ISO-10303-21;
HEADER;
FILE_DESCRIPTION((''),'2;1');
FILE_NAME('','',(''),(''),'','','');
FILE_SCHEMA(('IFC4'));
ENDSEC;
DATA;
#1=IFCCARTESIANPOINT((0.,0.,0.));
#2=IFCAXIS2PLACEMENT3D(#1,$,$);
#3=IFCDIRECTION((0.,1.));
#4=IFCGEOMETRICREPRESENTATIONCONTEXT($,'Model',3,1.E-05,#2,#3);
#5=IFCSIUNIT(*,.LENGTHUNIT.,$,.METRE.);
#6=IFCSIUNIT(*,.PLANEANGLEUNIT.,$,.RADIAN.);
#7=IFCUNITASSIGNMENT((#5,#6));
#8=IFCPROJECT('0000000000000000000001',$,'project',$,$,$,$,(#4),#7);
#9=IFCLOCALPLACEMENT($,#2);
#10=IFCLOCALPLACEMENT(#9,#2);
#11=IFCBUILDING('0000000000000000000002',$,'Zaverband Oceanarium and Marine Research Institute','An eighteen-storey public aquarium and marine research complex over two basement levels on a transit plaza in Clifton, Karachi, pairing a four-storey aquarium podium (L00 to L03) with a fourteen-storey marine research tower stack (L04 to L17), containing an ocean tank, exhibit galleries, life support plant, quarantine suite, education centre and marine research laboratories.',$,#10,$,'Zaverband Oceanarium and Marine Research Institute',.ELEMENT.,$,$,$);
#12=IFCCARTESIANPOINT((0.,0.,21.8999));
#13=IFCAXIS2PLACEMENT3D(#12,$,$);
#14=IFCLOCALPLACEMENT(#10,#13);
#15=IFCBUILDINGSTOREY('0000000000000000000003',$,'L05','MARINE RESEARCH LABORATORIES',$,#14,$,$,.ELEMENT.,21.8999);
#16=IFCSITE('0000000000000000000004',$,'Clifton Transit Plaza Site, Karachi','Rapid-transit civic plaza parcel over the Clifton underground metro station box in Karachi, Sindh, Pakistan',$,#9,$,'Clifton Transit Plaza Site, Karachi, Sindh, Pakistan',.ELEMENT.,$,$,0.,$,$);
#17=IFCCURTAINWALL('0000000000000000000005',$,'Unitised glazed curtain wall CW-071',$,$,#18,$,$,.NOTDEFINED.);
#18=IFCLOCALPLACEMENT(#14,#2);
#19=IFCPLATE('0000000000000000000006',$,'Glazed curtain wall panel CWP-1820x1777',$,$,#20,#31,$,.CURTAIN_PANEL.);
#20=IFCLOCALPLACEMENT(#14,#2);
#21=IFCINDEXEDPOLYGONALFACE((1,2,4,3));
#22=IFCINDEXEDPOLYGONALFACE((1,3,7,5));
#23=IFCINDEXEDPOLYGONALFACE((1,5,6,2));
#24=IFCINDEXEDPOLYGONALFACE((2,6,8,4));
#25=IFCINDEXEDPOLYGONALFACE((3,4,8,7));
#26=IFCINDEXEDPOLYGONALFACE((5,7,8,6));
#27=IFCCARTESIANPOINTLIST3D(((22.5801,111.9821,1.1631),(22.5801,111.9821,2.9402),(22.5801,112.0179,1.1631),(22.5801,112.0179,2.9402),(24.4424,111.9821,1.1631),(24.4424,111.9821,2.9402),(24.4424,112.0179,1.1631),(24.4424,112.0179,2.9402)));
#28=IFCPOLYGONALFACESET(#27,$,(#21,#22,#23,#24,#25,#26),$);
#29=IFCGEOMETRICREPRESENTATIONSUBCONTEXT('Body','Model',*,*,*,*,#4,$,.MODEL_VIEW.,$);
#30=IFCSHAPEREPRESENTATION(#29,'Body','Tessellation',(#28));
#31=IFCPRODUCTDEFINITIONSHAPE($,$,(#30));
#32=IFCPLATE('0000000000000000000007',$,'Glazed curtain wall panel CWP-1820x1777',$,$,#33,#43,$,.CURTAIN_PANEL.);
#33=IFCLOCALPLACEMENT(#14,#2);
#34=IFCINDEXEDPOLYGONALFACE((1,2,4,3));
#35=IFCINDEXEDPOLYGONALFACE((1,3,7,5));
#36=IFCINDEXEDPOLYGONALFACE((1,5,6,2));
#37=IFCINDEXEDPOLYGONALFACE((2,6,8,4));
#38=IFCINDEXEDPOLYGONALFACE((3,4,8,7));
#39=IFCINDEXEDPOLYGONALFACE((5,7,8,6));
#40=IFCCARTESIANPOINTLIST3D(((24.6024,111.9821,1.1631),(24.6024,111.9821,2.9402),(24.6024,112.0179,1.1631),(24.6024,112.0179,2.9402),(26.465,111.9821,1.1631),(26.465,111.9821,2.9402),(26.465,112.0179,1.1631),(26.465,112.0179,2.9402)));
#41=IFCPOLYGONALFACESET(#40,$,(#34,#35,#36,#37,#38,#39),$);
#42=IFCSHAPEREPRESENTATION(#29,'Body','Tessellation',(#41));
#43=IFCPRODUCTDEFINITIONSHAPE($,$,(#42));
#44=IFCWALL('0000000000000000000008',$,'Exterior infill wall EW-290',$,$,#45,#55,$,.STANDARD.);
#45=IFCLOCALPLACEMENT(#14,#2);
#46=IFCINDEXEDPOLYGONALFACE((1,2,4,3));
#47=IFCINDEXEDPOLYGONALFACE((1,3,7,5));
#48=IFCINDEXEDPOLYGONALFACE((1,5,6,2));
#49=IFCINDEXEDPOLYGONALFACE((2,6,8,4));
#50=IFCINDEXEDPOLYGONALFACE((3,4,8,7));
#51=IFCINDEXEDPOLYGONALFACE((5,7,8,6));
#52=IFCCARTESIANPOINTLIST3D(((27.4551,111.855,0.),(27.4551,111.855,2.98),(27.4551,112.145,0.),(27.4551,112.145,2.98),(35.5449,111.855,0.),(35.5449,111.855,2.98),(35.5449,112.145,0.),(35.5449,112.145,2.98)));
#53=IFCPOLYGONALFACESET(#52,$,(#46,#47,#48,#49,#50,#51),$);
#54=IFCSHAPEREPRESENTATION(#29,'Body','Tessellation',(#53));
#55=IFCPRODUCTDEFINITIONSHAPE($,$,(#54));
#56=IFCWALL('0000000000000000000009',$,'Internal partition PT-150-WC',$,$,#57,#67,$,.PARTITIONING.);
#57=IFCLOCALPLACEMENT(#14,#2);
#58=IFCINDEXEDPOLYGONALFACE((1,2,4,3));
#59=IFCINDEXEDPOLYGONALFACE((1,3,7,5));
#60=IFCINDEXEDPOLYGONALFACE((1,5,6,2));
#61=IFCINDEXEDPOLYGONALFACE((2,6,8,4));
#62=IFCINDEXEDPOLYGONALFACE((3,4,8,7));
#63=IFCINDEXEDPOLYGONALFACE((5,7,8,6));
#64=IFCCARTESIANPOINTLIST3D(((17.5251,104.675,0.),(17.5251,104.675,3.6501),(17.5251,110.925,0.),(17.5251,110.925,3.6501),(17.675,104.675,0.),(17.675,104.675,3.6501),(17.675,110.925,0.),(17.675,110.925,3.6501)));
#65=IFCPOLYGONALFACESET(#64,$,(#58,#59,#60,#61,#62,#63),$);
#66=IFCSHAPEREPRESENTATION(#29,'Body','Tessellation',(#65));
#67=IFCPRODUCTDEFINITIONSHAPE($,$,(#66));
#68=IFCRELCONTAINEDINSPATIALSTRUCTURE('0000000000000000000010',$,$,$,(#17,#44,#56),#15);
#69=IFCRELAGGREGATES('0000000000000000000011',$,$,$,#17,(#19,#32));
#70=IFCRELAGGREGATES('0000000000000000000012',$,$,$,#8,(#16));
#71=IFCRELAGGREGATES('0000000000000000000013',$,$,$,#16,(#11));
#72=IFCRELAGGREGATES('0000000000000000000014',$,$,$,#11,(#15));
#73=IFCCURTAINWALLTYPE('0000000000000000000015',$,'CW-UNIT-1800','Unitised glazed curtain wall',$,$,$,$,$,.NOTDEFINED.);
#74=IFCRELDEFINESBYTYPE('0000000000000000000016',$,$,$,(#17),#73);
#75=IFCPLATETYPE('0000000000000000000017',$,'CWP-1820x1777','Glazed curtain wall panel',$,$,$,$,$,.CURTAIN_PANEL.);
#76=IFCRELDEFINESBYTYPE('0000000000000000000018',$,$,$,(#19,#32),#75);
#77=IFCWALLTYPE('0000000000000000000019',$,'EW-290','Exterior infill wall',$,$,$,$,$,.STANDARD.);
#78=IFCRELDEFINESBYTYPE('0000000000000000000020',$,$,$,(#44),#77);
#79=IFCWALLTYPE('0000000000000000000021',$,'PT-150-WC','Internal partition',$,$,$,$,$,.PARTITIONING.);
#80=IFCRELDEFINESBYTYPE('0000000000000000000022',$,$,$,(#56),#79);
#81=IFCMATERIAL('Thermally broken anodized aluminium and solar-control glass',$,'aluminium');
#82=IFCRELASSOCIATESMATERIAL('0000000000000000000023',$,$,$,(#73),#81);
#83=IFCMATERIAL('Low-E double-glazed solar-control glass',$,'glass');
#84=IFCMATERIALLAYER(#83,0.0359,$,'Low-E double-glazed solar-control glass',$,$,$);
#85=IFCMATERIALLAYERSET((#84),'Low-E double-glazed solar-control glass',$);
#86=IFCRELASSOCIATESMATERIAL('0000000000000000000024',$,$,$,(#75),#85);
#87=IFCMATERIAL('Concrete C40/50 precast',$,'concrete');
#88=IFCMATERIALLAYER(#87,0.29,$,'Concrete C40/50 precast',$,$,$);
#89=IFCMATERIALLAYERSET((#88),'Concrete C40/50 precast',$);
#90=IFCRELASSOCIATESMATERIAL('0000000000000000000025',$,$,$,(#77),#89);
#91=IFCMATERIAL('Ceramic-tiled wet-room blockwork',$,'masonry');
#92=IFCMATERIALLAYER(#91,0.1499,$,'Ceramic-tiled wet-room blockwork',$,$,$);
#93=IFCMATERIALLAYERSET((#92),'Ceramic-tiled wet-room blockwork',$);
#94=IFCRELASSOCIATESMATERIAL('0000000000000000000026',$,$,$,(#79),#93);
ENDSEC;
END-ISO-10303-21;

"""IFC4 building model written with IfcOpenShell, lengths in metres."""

from ifc_helpers import new_model, si_unit, direction, frame, frame_2d, origin, place, context, subcontext, project, spatial, rectangle, extrude, material, layer, layer_set, type_object, element, aggregate, save


model = new_model("IFC4")

# Units and contexts
model_context = context("Model", 3, precision=1e-05, world=origin(), true_north=direction((0.0, 1.0)))
body_context = subcontext(model_context, "Body", "Model", "MODEL_VIEW")
ifc_project = project(units=[si_unit("LENGTHUNIT", "METRE"), si_unit("PLANEANGLEUNIT", "RADIAN")], contexts=[model_context])

# Site, building, storey
site_placement = place(None, origin())
site = spatial("IfcSite", under=ifc_project, at=site_placement, Name="Clifton Transit Plaza Site, Karachi", Description="Rapid-transit civic plaza parcel over the Clifton underground metro station box in Karachi, Sindh, Pakistan", LongName="Clifton Transit Plaza Site, Karachi, Sindh, Pakistan", CompositionType="ELEMENT", RefElevation=0.0)
building_placement = place(site_placement, origin())
building = spatial("IfcBuilding", under=site, at=building_placement, Name="Zaverband Oceanarium and Marine Research Institute", Description="An eighteen-storey public aquarium and marine research complex over two basement levels on a transit plaza in Clifton, Karachi, pairing a four-storey aquarium podium (L00 to L03) with a fourteen-storey marine research tower stack (L04 to L17), containing an ocean tank, exhibit galleries, life support plant, quarantine suite, education centre and marine research laboratories.", LongName="Zaverband Oceanarium and Marine Research Institute", CompositionType="ELEMENT")
storey_placement = place(building_placement, frame((0.0, 0.0, 21.8999)))
storey = spatial("IfcBuildingStorey", under=building, at=storey_placement, Name="L05", Description="MARINE RESEARCH LABORATORIES", CompositionType="ELEMENT", Elevation=21.8999)

# Shared definitions
ifc_material_1 = material(Name="Thermally broken anodized aluminium and solar-control glass", Category="aluminium")
curtain_wall_type = type_object("IfcCurtainWallType", Name="CW-UNIT-1800", Description="Unitised glazed curtain wall", PredefinedType="NOTDEFINED", material=ifc_material_1)

# Curtain wall
curtain_wall_1_placement = place(storey_placement, origin())
curtain_wall_1 = element("IfcCurtainWall", 1, at=curtain_wall_1_placement, inside=storey, type_object=curtain_wall_type, Name="Unitised glazed curtain wall CW-071", PredefinedType="NOTDEFINED")

# Plates
ifc_material_2 = material(Name="Low-E double-glazed solar-control glass", Category="glass")
ifc_layer_1 = layer(ifc_material_2, 0.0359, Name="Low-E double-glazed solar-control glass")
ifc_layer_set_1 = layer_set([ifc_layer_1], Name="Low-E double-glazed solar-control glass")
plate_type_1 = type_object("IfcPlateType", Name="CWP-1820x1777", Description="Glazed curtain wall panel", PredefinedType="CURTAIN_PANEL", material=ifc_layer_set_1)
plate_1_placement = place(storey_placement, frame((22.5801, 112.0, 1.1631), z_axis=(0.0, 0.0, 1.0), x_axis=(1.0, 0.0, 0.0)))
plate_1 = element("IfcPlate", 2, at=plate_1_placement, type_object=plate_type_1, Name="Glazed curtain wall panel CWP-1820x1777", PredefinedType="CURTAIN_PANEL", context=body_context, shape_type="SweptSolid", body=[
    extrude(rectangle(XDim=1.8623, YDim=0.0359, at=frame_2d((0.9312, 0.0))), origin(), (0.0, 0.0, 1.0), 1.7771),
])
plate_2_placement = place(storey_placement, frame((24.6025, 112.0, 1.1631), z_axis=(0.0, 0.0, 1.0), x_axis=(1.0, 0.0, 0.0)))
plate_2 = element("IfcPlate", 3, at=plate_2_placement, type_object=plate_type_1, Name="Glazed curtain wall panel CWP-1820x1777", PredefinedType="CURTAIN_PANEL", context=body_context, shape_type="SweptSolid", body=[
    extrude(rectangle(XDim=1.8625, YDim=0.0359, at=frame_2d((0.9312, 0.0))), origin(), (0.0, 0.0, 1.0), 1.7771),
])
aggregate(curtain_wall_1, [plate_1, plate_2])

# Walls
ifc_material_3 = material(Name="Concrete C40/50 precast", Category="concrete")
ifc_layer_2 = layer(ifc_material_3, 0.29, Name="Concrete C40/50 precast")
ifc_layer_set_2 = layer_set([ifc_layer_2], Name="Concrete C40/50 precast")
wall_type_1 = type_object("IfcWallType", Name="EW-290", Description="Exterior infill wall", PredefinedType="STANDARD", material=ifc_layer_set_2)
wall_1_placement = place(storey_placement, frame((27.4551, 112.0, 0.0), z_axis=(0.0, 0.0, 1.0), x_axis=(1.0, 0.0, 0.0)))
element("IfcWall", 4, at=wall_1_placement, inside=storey, type_object=wall_type_1, Name="Exterior infill wall EW-290", PredefinedType="STANDARD", context=body_context, shape_type="SweptSolid", body=[
    extrude(rectangle(XDim=8.0898, YDim=0.29, at=frame_2d((4.0449, 0.0))), origin(), (0.0, 0.0, 1.0), 2.98),
])
ifc_material_4 = material(Name="Ceramic-tiled wet-room blockwork", Category="masonry")
ifc_layer_3 = layer(ifc_material_4, 0.1499, Name="Ceramic-tiled wet-room blockwork")
ifc_layer_set_3 = layer_set([ifc_layer_3], Name="Ceramic-tiled wet-room blockwork")
wall_type_2 = type_object("IfcWallType", Name="PT-150-WC", Description="Internal partition", PredefinedType="PARTITIONING", material=ifc_layer_set_3)
wall_2_placement = place(storey_placement, frame((17.6001, 104.675, 0.0), z_axis=(0.0, 0.0, 1.0), x_axis=(0.0, 1.0, 0.0)))
element("IfcWall", 5, at=wall_2_placement, inside=storey, type_object=wall_type_2, Name="Internal partition PT-150-WC", PredefinedType="PARTITIONING", context=body_context, shape_type="SweptSolid", body=[
    extrude(rectangle(XDim=6.25, YDim=0.1499, at=frame_2d((3.125, 0.0))), origin(), (0.0, 0.0, 1.0), 3.6501),
])

save(model, "model.ifc")
